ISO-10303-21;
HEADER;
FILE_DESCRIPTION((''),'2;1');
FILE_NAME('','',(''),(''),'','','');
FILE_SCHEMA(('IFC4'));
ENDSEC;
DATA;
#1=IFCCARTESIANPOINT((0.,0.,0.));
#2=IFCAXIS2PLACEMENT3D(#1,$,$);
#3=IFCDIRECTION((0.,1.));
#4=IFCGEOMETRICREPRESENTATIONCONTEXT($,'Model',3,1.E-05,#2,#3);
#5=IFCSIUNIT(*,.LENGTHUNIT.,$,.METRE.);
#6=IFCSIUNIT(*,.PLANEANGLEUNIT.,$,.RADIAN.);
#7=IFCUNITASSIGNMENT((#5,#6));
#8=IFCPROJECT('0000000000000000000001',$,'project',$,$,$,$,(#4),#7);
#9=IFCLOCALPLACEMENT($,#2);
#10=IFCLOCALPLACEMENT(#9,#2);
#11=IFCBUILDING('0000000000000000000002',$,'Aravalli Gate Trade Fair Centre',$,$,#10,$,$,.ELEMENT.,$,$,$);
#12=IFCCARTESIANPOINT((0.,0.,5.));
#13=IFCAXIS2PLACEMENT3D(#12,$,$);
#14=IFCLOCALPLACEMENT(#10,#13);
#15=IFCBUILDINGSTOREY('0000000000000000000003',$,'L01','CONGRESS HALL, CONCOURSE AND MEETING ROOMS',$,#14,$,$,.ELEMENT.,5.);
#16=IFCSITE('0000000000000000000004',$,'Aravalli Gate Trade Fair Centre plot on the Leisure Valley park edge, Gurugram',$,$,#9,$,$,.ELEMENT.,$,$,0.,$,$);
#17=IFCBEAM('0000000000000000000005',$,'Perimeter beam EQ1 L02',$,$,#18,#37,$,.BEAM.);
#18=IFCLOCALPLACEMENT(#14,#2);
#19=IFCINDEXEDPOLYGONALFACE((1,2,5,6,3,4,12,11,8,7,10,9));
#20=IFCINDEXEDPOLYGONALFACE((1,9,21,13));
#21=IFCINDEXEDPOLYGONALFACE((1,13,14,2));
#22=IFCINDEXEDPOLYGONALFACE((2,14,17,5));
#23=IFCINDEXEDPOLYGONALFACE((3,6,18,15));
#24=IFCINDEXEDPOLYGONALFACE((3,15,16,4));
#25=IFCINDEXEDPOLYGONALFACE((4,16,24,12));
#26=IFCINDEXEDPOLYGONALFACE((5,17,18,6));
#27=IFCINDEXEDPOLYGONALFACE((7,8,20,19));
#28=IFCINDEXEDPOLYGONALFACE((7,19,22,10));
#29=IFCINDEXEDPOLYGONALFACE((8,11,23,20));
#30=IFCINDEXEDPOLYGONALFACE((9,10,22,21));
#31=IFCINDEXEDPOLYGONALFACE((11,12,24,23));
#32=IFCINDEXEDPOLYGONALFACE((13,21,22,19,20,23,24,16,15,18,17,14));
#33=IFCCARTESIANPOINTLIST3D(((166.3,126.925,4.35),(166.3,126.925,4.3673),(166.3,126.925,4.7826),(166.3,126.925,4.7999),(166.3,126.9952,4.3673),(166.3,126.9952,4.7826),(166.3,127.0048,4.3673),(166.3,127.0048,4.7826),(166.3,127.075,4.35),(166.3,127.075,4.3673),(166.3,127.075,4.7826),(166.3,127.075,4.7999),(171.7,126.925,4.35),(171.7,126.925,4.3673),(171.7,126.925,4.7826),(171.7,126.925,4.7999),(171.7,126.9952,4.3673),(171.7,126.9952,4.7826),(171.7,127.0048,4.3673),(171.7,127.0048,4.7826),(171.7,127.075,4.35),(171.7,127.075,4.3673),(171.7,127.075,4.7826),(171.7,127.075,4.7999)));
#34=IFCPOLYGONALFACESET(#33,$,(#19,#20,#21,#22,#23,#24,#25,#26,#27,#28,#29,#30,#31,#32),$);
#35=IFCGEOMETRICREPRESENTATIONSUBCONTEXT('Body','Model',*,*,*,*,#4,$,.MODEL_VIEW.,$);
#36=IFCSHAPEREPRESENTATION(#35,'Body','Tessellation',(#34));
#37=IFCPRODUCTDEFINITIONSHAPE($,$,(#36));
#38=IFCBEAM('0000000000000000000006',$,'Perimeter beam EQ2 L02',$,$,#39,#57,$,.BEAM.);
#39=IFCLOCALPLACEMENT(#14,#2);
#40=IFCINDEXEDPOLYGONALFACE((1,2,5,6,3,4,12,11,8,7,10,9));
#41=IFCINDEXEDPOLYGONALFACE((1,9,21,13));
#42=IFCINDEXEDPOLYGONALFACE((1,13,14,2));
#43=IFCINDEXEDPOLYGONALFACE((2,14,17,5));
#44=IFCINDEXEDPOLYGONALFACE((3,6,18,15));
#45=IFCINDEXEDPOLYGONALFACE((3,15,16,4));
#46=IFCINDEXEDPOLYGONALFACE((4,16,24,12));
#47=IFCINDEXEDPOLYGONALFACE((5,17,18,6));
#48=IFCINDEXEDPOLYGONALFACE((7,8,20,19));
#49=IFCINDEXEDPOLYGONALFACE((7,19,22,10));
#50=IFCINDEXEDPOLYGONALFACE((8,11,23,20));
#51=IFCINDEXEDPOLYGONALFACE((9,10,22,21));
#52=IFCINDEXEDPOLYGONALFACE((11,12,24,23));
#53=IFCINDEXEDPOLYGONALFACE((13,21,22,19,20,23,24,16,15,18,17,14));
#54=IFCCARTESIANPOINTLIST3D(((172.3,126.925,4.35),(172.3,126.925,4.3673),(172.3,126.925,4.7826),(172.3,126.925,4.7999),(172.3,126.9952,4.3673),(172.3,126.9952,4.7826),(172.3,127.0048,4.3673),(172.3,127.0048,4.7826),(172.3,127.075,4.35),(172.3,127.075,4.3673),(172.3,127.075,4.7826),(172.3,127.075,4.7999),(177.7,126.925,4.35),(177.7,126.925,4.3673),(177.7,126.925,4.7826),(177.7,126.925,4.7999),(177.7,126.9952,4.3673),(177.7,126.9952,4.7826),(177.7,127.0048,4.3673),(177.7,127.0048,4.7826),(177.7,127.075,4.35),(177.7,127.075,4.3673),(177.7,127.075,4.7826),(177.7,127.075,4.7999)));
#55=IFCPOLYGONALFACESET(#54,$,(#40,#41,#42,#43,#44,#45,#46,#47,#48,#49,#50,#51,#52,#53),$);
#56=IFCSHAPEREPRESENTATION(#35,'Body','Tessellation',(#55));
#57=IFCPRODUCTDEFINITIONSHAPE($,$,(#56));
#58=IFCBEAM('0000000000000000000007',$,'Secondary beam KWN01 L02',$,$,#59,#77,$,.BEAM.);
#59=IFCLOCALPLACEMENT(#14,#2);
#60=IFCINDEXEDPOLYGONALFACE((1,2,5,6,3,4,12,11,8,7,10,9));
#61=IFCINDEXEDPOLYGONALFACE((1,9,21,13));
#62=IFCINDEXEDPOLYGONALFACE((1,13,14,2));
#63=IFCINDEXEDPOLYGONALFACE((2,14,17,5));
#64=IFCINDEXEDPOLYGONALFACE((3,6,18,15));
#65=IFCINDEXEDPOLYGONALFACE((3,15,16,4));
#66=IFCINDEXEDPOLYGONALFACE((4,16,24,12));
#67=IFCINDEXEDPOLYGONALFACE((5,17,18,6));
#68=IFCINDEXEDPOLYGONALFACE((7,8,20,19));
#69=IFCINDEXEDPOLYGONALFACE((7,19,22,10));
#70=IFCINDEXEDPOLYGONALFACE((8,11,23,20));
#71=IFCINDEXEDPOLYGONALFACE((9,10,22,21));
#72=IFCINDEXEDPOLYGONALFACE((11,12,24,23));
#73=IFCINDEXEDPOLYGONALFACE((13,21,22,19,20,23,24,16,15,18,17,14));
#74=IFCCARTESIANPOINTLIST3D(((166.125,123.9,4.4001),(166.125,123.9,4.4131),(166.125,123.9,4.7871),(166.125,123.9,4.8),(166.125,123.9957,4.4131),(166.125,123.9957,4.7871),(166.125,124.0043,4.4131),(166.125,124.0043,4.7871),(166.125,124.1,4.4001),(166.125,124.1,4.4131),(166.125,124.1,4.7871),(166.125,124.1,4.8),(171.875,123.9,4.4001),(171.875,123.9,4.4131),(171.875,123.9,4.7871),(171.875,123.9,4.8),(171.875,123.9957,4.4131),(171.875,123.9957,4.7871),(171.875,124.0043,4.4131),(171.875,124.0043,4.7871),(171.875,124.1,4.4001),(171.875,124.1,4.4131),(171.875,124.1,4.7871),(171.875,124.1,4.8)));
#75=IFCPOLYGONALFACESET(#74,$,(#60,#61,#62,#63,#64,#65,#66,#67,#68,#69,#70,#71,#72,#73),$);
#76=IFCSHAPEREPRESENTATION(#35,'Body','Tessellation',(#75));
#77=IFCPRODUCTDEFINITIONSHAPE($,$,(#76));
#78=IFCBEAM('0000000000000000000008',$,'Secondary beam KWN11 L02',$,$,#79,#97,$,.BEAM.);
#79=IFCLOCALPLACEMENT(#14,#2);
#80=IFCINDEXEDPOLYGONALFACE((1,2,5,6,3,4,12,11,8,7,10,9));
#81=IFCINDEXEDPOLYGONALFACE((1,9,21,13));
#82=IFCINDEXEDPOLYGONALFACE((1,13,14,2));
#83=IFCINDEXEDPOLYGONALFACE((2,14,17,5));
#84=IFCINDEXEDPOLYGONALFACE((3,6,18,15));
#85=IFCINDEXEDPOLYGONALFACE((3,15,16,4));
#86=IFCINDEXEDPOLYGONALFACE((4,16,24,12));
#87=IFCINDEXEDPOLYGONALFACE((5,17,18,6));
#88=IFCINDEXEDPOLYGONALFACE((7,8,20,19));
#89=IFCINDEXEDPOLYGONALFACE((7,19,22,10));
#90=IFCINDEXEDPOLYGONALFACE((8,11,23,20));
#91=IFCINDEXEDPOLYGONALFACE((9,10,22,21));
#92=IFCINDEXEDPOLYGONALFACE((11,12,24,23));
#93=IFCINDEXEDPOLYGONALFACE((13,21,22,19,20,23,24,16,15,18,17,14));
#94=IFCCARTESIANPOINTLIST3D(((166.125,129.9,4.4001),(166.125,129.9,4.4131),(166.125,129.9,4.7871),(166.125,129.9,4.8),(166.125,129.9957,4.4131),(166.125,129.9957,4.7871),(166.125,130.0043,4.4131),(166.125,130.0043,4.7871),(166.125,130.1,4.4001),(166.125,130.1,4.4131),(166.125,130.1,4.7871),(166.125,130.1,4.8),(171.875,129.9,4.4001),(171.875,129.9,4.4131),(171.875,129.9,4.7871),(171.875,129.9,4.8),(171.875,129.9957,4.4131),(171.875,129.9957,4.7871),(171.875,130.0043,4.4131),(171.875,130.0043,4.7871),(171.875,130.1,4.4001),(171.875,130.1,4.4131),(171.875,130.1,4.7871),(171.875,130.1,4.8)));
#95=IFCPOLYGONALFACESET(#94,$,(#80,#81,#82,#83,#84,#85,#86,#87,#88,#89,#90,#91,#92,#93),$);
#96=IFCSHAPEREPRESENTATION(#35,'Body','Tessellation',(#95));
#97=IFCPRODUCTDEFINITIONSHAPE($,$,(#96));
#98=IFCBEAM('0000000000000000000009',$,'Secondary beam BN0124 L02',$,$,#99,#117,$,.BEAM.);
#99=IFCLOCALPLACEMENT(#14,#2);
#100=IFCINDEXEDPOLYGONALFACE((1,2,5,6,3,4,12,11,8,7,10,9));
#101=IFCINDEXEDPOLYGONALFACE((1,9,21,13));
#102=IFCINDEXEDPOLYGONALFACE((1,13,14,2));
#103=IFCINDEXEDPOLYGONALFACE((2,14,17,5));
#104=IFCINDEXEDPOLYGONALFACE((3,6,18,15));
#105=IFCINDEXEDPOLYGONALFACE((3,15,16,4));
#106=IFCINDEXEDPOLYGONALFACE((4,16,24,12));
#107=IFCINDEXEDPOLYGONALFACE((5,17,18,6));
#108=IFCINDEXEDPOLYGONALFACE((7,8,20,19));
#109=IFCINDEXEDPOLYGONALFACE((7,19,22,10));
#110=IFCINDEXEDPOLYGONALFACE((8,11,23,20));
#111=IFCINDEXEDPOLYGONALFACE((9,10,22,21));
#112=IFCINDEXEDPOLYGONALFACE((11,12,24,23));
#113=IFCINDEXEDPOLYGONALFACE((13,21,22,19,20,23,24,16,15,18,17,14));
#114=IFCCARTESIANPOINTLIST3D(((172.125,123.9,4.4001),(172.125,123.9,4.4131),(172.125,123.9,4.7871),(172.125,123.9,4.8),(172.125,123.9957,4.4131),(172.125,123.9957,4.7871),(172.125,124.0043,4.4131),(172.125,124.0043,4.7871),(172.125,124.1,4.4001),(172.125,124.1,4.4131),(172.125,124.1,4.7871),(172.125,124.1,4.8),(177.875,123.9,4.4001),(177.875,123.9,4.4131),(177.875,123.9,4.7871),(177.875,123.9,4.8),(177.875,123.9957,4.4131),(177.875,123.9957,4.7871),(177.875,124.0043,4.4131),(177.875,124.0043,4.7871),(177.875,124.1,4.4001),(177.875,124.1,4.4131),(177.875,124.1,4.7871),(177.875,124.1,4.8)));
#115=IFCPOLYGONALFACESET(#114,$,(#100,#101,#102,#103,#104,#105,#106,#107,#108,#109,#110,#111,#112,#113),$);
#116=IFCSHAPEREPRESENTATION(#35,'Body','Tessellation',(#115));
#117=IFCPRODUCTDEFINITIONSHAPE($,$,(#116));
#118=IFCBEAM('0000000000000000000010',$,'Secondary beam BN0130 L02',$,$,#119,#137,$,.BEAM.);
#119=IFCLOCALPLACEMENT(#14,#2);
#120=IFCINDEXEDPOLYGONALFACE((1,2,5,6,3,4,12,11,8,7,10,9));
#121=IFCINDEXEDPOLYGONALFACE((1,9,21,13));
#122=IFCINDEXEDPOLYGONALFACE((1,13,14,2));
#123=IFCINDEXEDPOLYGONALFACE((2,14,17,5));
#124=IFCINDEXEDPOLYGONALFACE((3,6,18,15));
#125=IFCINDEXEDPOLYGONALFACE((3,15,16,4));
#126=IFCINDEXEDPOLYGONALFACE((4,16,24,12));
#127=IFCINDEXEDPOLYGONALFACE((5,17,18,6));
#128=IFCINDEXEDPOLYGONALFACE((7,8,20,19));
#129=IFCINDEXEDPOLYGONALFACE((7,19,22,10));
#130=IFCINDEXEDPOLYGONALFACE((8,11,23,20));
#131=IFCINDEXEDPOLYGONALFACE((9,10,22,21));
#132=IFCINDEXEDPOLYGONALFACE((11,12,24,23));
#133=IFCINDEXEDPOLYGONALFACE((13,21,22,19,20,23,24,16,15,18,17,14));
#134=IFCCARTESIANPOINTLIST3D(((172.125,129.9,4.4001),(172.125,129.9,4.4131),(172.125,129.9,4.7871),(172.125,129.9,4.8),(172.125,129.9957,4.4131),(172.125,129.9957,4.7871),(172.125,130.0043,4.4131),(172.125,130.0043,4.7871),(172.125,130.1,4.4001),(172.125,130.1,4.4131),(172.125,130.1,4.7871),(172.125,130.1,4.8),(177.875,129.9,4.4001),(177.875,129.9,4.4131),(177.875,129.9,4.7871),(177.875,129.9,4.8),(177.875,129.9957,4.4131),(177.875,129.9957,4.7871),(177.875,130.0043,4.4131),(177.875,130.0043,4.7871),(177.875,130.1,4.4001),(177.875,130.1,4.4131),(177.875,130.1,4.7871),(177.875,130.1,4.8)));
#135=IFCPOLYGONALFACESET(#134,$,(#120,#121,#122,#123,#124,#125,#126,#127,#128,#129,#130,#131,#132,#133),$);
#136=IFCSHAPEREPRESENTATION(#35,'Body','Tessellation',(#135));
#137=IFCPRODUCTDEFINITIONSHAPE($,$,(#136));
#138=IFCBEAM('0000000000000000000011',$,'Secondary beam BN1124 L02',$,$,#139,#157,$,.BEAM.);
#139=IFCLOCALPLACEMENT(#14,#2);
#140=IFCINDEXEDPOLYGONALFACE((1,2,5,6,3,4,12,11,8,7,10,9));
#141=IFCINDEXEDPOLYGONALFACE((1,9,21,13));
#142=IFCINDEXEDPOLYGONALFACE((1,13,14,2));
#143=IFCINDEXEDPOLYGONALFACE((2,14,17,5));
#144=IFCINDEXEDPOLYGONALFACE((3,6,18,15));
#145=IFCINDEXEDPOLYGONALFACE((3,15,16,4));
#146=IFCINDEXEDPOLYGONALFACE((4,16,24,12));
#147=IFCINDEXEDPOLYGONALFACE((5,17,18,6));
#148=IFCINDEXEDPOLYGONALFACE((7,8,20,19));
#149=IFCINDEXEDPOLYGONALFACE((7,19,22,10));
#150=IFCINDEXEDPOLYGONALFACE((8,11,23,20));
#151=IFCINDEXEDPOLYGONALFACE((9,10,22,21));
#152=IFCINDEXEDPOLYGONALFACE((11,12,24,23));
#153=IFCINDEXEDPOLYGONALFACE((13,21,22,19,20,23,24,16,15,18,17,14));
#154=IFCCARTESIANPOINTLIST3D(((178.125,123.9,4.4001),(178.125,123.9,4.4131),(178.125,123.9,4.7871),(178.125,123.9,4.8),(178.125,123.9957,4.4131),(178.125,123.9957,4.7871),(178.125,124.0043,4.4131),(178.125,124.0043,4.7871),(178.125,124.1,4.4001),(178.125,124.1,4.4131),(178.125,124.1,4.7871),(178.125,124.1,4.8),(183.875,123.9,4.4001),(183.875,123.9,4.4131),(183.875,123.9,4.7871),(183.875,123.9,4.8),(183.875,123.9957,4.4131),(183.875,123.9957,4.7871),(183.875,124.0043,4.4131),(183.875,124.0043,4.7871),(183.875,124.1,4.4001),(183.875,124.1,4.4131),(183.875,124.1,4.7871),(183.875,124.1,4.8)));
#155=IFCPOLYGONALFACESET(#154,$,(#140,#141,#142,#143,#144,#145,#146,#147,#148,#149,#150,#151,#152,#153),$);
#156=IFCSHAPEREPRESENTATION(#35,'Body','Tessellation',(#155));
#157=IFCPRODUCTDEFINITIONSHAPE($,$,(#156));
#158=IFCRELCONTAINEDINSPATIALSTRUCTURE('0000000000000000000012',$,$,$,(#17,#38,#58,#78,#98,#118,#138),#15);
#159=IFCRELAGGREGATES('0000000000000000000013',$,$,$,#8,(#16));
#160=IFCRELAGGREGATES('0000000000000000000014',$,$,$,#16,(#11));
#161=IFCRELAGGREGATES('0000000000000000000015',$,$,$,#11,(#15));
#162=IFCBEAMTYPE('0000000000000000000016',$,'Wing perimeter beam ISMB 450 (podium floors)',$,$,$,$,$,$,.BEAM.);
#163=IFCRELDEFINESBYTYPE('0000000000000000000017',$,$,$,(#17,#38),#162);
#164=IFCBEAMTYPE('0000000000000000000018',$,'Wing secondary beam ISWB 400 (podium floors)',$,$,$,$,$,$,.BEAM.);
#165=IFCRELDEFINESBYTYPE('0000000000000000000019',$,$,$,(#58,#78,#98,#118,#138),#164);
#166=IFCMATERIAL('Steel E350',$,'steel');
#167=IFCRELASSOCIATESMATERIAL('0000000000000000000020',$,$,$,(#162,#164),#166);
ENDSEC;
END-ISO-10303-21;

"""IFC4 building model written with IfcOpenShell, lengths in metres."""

from ifc_helpers import new_model, si_unit, direction, frame, origin, origin_2d, place, context, subcontext, project, spatial, i_section, extrude, material, material_profile, profile_set, type_object, element, save


model = new_model("IFC4")

# Units and contexts
model_context = context("Model", 3, precision=1e-05, world=origin(), true_north=direction((0.0, 1.0)))
body_context = subcontext(model_context, "Body", "Model", "MODEL_VIEW")
ifc_project = project(units=[si_unit("LENGTHUNIT", "METRE"), si_unit("PLANEANGLEUNIT", "RADIAN")], contexts=[model_context])

# Site, building, storey
site_placement = place(None, origin())
site = spatial("IfcSite", under=ifc_project, at=site_placement, Name="Aravalli Gate Trade Fair Centre plot on the Leisure Valley park edge, Gurugram", CompositionType="ELEMENT", RefElevation=0.0)
building_placement = place(site_placement, origin())
building = spatial("IfcBuilding", under=site, at=building_placement, Name="Aravalli Gate Trade Fair Centre", CompositionType="ELEMENT")
storey_placement = place(building_placement, frame((0.0, 0.0, 5.0)))
storey = spatial("IfcBuildingStorey", under=building, at=storey_placement, Name="L01", Description="CONGRESS HALL, CONCOURSE AND MEETING ROOMS", CompositionType="ELEMENT", Elevation=5.0)

# Shared definitions
ifc_material_1 = material(Name="Steel E350", Category="steel")

# Beams
ifc_material_profile_1 = material_profile(ifc_material_1, i_section(OverallWidth=0.1499, OverallDepth=0.45, WebThickness=0.0095, FlangeThickness=0.0173, at=origin_2d()), Name="ISMB 450")
ifc_profile_set_1 = profile_set([ifc_material_profile_1], Name="Steel E350")
beam_type_1 = type_object("IfcBeamType", Name="Wing perimeter beam ISMB 450 (podium floors)", PredefinedType="BEAM", material=ifc_profile_set_1)
for number, where, z_axis, x_axis, name in (
    (1, (166.3, 127.0, 4.575), (1.0, 0.0, 0.0), (0.0, 1.0, 0.0), "Perimeter beam EQ1 L02"),
    (2, (172.3, 127.0, 4.575), (1.0, 0.0, 0.0), (0.0, 1.0, 0.0), "Perimeter beam EQ2 L02"),
):
    element("IfcBeam", number, at=place(storey_placement, frame(where, z_axis=z_axis, x_axis=x_axis)), inside=storey, type_object=beam_type_1, Name=name, PredefinedType="BEAM", context=body_context, shape_type="SweptSolid", body=[
        extrude(i_section(OverallWidth=0.1499, OverallDepth=0.45, WebThickness=0.0095, FlangeThickness=0.0173, at=origin_2d()), origin(), (0.0, 0.0, 1.0), 5.3999),
    ])
ifc_material_profile_2 = material_profile(ifc_material_1, i_section(OverallWidth=0.2, OverallDepth=0.3999, WebThickness=0.0085, FlangeThickness=0.0129, at=origin_2d()), Name="ISWB 400")
ifc_profile_set_2 = profile_set([ifc_material_profile_2], Name="Steel E350")
beam_type_2 = type_object("IfcBeamType", Name="Wing secondary beam ISWB 400 (podium floors)", PredefinedType="BEAM", material=ifc_profile_set_2)
for number, where, z_axis, x_axis, name in (
    (3, (166.125, 124.0, 4.6001), (1.0, 0.0, 0.0), (0.0, 1.0, 0.0), "Secondary beam KWN01 L02"),
    (4, (166.125, 130.0, 4.6001), (1.0, 0.0, 0.0), (0.0, 1.0, 0.0), "Secondary beam KWN11 L02"),
    (5, (172.125, 124.0, 4.6001), (1.0, 0.0, 0.0), (0.0, 1.0, 0.0), "Secondary beam BN0124 L02"),
    (6, (172.125, 130.0, 4.6001), (1.0, 0.0, 0.0), (0.0, 1.0, 0.0), "Secondary beam BN0130 L02"),
    (7, (178.125, 124.0, 4.6001), (1.0, 0.0, 0.0), (0.0, 1.0, 0.0), "Secondary beam BN1124 L02"),
):
    element("IfcBeam", number, at=place(storey_placement, frame(where, z_axis=z_axis, x_axis=x_axis)), inside=storey, type_object=beam_type_2, Name=name, PredefinedType="BEAM", context=body_context, shape_type="SweptSolid", body=[
        extrude(i_section(OverallWidth=0.2, OverallDepth=0.3999, WebThickness=0.0085, FlangeThickness=0.0129, at=origin_2d()), origin(), (0.0, 0.0, 1.0), 5.75),
    ])

save(model, "model.ifc")
